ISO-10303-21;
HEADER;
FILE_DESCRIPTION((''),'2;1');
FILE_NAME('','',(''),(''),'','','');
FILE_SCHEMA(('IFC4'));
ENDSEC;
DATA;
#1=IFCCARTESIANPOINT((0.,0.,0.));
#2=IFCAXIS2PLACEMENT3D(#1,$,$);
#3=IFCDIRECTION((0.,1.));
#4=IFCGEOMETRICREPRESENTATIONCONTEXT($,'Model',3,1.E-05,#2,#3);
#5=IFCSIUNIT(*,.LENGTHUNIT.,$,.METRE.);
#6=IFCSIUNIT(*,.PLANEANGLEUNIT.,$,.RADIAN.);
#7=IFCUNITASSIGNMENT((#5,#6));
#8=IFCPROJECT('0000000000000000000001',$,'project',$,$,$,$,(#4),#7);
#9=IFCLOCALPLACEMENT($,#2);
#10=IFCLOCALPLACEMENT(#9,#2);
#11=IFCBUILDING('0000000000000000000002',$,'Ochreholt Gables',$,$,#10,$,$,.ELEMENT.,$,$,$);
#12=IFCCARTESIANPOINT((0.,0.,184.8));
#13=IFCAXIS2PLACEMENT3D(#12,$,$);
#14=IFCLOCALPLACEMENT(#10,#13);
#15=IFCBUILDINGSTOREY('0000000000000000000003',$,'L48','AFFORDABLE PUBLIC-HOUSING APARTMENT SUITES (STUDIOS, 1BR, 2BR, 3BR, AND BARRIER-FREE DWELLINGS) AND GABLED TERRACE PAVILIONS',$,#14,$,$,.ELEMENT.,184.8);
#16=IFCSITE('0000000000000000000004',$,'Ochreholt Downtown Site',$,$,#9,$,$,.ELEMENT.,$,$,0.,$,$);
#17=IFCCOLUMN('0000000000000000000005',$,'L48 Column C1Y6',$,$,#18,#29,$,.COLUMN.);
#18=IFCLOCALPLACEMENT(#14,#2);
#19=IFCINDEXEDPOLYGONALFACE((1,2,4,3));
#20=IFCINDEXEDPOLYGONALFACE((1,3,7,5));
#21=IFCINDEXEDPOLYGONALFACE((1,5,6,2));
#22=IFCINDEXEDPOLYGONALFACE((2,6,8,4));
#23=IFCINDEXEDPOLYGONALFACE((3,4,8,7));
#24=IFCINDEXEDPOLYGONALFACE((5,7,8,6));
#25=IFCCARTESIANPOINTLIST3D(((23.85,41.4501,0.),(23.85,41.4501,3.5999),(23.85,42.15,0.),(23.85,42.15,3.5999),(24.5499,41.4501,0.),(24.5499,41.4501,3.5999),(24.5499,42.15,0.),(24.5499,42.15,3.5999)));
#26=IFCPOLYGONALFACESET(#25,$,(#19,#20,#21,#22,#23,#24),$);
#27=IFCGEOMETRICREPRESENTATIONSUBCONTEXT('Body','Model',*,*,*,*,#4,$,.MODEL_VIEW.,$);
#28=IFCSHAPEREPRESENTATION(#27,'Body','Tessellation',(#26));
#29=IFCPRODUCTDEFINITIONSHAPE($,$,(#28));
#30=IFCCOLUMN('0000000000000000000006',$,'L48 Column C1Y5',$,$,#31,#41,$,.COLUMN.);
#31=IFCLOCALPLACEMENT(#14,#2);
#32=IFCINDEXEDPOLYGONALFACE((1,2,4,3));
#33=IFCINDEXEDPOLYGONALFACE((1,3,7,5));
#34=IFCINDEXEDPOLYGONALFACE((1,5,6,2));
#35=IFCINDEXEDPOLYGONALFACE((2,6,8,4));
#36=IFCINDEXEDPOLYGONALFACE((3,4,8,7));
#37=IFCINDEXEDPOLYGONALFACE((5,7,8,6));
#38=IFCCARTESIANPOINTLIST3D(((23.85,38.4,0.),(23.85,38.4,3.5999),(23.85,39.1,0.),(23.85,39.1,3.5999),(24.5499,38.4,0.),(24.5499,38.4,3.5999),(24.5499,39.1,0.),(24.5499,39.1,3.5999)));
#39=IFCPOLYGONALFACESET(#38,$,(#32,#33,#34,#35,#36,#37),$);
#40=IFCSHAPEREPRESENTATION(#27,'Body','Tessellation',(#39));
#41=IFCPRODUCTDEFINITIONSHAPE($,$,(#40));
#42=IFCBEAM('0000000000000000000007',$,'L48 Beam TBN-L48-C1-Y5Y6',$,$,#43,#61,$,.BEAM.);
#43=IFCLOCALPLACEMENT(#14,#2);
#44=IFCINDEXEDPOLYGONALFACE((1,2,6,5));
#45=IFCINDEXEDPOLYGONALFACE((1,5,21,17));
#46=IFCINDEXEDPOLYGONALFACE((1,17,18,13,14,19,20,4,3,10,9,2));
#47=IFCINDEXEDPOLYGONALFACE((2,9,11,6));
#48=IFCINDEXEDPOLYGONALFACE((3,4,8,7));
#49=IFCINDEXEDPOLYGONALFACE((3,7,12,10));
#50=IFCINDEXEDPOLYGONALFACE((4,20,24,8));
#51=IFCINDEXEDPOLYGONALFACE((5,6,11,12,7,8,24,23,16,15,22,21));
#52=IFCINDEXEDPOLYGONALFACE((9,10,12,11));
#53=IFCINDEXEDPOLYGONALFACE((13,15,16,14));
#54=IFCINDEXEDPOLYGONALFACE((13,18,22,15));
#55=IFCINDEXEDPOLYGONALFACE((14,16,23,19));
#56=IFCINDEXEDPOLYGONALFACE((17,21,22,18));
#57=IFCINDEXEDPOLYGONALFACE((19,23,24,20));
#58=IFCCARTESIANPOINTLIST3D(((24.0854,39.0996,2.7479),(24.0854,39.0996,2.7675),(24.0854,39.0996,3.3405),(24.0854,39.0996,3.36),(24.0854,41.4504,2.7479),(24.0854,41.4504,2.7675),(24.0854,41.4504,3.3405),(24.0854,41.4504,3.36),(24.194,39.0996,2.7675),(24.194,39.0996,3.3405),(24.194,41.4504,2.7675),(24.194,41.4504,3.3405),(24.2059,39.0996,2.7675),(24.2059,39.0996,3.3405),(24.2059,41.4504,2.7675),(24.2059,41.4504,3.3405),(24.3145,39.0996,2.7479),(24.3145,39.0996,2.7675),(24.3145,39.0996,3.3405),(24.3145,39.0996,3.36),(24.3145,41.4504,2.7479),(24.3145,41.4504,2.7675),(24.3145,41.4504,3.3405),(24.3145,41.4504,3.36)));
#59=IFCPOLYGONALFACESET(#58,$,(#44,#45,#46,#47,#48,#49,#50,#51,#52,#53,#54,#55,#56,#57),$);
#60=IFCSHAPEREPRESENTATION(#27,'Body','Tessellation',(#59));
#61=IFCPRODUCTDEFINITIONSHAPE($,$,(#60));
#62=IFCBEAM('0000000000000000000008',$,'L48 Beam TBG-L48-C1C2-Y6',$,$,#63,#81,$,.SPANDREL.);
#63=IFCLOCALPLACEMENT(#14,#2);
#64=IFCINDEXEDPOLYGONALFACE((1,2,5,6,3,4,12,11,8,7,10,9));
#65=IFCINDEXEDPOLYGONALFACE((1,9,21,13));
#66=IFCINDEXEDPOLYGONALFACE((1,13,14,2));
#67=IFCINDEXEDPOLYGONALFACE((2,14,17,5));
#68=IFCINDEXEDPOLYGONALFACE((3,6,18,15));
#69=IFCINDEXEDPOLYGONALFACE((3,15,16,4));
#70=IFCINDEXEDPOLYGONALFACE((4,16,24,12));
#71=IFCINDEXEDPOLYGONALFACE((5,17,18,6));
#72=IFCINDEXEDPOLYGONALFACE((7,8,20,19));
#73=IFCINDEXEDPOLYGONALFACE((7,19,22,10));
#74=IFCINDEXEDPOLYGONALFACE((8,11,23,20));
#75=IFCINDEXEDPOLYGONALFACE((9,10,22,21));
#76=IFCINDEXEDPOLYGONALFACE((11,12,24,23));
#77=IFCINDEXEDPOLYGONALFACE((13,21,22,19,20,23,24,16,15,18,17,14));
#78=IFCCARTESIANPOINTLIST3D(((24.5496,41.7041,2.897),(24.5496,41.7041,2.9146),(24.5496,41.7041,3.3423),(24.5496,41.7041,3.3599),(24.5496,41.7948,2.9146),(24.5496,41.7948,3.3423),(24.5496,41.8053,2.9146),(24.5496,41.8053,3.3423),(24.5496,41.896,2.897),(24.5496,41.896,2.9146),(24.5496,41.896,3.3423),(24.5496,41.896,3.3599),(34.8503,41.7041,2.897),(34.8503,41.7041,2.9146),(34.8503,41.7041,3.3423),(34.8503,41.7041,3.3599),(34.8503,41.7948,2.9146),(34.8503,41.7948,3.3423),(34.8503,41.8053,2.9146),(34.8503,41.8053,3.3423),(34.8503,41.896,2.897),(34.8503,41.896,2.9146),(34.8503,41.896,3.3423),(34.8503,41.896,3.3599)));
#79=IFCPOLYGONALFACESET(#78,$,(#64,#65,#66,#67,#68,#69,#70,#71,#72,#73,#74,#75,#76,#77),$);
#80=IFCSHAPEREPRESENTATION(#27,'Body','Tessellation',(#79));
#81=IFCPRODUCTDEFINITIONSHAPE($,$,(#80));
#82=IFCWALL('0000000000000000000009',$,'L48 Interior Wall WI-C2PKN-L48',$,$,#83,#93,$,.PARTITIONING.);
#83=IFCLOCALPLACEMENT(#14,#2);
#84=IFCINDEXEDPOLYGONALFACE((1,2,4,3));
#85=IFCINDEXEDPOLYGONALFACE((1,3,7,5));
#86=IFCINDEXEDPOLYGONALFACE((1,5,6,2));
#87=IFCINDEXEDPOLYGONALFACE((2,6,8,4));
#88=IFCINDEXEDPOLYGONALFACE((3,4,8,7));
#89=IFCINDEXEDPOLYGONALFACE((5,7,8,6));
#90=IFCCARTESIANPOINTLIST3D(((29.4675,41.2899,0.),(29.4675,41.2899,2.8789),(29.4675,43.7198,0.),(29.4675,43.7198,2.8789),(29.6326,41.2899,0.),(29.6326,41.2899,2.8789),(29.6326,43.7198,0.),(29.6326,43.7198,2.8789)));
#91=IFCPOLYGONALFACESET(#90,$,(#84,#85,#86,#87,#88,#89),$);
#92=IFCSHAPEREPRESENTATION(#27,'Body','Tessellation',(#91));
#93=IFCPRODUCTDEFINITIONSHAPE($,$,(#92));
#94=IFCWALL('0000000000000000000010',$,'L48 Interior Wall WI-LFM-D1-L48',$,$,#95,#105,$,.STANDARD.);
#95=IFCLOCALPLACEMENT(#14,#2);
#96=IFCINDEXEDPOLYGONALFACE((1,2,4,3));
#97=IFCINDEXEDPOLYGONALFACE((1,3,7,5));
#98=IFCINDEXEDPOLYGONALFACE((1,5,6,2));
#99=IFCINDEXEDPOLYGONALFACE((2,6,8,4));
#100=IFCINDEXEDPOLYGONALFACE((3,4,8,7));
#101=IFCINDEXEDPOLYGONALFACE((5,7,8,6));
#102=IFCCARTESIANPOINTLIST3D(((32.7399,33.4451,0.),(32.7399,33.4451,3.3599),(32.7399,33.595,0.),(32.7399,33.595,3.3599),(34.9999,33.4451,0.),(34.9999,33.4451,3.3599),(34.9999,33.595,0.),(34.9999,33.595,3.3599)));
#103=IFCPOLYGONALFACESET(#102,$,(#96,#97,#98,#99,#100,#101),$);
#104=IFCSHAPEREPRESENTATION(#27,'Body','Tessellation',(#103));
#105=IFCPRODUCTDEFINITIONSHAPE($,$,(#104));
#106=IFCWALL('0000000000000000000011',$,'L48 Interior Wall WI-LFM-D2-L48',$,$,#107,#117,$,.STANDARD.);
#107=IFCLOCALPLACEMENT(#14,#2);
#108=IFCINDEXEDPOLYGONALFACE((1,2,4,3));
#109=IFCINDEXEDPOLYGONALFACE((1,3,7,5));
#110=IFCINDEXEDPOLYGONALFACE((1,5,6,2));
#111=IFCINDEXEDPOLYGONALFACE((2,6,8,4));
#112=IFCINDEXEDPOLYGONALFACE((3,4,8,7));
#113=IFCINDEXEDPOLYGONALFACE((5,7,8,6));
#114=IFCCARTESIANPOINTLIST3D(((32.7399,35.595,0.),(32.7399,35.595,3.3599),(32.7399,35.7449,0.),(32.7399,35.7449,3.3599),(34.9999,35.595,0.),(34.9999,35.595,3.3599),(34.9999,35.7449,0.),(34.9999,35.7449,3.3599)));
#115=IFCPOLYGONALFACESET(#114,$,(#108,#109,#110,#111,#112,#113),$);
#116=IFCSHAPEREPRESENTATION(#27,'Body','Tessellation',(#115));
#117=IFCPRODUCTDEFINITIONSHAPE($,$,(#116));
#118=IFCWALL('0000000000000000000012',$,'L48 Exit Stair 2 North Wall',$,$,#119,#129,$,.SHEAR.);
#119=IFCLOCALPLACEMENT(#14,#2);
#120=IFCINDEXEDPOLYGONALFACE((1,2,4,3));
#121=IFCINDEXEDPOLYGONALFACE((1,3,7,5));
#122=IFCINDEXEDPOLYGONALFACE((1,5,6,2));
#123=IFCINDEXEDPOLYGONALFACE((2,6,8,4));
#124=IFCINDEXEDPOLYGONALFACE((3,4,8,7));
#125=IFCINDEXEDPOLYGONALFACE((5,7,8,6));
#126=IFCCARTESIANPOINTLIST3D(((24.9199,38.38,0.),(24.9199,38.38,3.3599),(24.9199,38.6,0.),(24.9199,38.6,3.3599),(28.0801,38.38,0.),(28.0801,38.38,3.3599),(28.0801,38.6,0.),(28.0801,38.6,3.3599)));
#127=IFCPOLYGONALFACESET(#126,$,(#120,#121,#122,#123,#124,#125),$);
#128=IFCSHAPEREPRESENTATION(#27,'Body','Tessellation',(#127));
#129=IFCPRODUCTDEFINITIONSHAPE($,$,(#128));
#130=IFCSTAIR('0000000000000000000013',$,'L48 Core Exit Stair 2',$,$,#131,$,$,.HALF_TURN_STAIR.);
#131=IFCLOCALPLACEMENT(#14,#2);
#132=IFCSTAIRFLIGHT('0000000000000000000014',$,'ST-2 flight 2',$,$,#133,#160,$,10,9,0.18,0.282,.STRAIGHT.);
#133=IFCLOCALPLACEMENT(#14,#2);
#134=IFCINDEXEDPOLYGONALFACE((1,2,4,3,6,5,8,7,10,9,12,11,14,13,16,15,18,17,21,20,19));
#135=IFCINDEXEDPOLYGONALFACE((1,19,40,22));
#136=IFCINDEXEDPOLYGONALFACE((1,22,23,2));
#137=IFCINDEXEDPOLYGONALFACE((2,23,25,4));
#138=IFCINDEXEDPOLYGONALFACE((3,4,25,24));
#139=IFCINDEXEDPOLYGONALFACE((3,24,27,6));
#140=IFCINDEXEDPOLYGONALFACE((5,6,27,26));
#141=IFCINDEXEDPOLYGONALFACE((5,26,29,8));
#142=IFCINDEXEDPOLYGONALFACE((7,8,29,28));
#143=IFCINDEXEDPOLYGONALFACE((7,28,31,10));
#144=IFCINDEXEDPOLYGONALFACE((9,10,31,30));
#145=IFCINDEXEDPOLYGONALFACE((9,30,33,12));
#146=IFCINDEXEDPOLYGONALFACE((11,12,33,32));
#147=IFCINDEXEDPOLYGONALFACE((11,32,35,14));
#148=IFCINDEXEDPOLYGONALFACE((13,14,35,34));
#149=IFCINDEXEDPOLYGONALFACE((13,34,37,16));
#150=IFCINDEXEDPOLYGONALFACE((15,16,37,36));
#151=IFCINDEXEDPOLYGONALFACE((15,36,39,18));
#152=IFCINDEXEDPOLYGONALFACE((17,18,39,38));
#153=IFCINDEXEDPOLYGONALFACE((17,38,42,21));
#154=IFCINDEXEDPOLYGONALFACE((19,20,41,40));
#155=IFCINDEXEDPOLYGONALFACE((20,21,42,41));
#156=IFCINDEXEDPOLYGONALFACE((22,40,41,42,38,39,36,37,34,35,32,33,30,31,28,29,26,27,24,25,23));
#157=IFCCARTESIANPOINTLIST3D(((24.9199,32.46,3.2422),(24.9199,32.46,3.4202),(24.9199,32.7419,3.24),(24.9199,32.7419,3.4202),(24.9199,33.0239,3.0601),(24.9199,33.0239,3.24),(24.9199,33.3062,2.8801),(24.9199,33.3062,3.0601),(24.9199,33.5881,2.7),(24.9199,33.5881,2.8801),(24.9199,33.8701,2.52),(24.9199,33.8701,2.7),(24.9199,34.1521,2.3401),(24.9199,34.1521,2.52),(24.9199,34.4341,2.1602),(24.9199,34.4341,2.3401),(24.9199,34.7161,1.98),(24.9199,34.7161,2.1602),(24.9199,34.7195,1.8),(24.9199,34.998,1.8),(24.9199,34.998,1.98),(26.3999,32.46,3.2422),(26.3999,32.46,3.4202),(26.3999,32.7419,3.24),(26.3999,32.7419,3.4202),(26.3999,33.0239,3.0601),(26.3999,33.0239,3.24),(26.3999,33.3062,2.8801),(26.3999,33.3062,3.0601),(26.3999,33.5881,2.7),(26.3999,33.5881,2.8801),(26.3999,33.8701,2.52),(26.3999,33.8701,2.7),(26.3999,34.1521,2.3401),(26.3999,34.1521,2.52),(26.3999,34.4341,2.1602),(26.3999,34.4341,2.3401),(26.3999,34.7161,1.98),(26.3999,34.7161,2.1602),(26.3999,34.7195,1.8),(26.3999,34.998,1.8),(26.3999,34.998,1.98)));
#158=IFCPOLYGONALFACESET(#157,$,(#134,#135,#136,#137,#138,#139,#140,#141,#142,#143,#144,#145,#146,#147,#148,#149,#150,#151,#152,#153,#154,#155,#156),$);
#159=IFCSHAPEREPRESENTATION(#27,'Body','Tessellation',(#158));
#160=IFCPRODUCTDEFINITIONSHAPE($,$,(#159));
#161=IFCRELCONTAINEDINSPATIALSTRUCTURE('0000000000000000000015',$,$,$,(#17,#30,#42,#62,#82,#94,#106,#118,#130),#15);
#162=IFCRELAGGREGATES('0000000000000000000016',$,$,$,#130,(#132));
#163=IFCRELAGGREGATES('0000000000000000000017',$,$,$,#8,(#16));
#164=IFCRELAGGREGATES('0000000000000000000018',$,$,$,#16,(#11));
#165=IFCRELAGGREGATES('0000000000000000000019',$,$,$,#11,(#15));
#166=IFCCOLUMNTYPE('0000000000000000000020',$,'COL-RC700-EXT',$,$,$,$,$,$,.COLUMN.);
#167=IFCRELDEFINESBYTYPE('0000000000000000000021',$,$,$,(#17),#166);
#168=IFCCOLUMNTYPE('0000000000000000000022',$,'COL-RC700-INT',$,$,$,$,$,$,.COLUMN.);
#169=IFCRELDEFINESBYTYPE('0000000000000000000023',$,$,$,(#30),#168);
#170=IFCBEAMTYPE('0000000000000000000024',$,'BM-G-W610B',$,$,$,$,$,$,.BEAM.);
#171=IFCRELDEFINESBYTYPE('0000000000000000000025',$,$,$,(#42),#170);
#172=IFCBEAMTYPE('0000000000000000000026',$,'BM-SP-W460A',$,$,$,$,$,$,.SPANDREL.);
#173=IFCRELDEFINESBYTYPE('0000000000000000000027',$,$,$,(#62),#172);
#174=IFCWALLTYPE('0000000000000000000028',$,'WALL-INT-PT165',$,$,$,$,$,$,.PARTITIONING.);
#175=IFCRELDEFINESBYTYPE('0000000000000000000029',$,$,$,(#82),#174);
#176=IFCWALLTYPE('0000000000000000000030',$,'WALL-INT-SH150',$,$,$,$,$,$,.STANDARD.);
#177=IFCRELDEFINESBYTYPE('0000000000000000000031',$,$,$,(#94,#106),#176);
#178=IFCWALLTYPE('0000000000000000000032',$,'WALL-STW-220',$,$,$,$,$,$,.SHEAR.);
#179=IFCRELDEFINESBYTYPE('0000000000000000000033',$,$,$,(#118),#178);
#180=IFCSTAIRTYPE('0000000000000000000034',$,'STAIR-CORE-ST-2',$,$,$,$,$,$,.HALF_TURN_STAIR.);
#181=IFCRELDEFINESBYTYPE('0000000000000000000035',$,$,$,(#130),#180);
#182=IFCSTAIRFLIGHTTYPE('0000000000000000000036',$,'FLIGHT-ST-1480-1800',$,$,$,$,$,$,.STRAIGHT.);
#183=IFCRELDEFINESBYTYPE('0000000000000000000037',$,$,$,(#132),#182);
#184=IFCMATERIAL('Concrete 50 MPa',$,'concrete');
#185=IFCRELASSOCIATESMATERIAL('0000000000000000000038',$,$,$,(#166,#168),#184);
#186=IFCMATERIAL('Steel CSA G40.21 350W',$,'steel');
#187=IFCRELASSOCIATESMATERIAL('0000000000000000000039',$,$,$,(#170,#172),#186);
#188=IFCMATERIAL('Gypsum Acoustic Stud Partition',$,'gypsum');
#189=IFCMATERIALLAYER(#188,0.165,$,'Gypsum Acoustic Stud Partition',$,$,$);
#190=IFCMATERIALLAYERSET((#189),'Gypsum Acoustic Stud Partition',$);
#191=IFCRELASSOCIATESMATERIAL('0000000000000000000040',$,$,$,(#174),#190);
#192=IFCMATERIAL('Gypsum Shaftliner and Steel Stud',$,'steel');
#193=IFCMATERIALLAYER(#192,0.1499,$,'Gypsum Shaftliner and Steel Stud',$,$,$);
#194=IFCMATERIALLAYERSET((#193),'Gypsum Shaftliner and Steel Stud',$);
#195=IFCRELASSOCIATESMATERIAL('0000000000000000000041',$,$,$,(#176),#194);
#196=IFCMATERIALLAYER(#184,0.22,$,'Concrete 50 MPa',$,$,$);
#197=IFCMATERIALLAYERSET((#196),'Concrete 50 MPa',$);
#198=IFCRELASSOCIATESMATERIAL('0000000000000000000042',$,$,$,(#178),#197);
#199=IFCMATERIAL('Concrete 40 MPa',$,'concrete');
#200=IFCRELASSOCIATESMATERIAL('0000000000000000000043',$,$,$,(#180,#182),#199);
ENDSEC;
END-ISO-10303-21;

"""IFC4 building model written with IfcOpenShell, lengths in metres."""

from ifc_helpers import new_model, si_unit, direction, frame, frame_2d, origin, origin_2d, place, context, subcontext, project, spatial, polyline, rectangle, i_section, outline, extrude, material, layer, layer_set, material_profile, profile_set, type_object, element, aggregate, save


model = new_model("IFC4")

# Units and contexts
model_context = context("Model", 3, precision=1e-05, world=origin(), true_north=direction((0.0, 1.0)))
body_context = subcontext(model_context, "Body", "Model", "MODEL_VIEW")
ifc_project = project(units=[si_unit("LENGTHUNIT", "METRE"), si_unit("PLANEANGLEUNIT", "RADIAN")], contexts=[model_context])

# Site, building, storey
site_placement = place(None, origin())
site = spatial("IfcSite", under=ifc_project, at=site_placement, Name="Ochreholt Downtown Site", CompositionType="ELEMENT", RefElevation=0.0)
building_placement = place(site_placement, origin())
building = spatial("IfcBuilding", under=site, at=building_placement, Name="Ochreholt Gables", CompositionType="ELEMENT")
storey_placement = place(building_placement, frame((0.0, 0.0, 184.8)))
storey = spatial("IfcBuildingStorey", under=building, at=storey_placement, Name="L48", Description="AFFORDABLE PUBLIC-HOUSING APARTMENT SUITES (STUDIOS, 1BR, 2BR, 3BR, AND BARRIER-FREE DWELLINGS) AND GABLED TERRACE PAVILIONS", CompositionType="ELEMENT", Elevation=184.8)

# Columns
ifc_material_1 = material(Name="Concrete 50 MPa", Category="concrete")
ifc_material_profile_1 = material_profile(ifc_material_1, rectangle(XDim=0.7, YDim=0.7, at=origin_2d()), Name="RC700X700")
ifc_profile_set_1 = profile_set([ifc_material_profile_1], Name="Concrete 50 MPa")
column_type_1 = type_object("IfcColumnType", Name="COL-RC700-EXT", PredefinedType="COLUMN", material=ifc_profile_set_1)
column_1_placement = place(storey_placement, frame((24.2, 41.8, 0.0), z_axis=(0.0, 0.0, 1.0), x_axis=(1.0, 0.0, 0.0)))
element("IfcColumn", 1, at=column_1_placement, inside=storey, type_object=column_type_1, Name="L48 Column C1Y6", PredefinedType="COLUMN", context=body_context, shape_type="SweptSolid", body=[
    extrude(rectangle(XDim=0.7, YDim=0.7, at=origin_2d()), origin(), (0.0, 0.0, 1.0), 3.5999),
])
ifc_material_profile_2 = material_profile(ifc_material_1, rectangle(XDim=0.7, YDim=0.7, at=origin_2d()), Name="RC700X700")
ifc_profile_set_2 = profile_set([ifc_material_profile_2], Name="Concrete 50 MPa")
column_type_2 = type_object("IfcColumnType", Name="COL-RC700-INT", PredefinedType="COLUMN", material=ifc_profile_set_2)
column_2_placement = place(storey_placement, frame((24.2, 38.75, 0.0), z_axis=(0.0, 0.0, 1.0), x_axis=(1.0, 0.0, 0.0)))
element("IfcColumn", 2, at=column_2_placement, inside=storey, type_object=column_type_2, Name="L48 Column C1Y5", PredefinedType="COLUMN", context=body_context, shape_type="SweptSolid", body=[
    extrude(rectangle(XDim=0.7, YDim=0.7, at=origin_2d()), origin(), (0.0, 0.0, 1.0), 3.5999),
])

# Beams
ifc_material_2 = material(Name="Steel CSA G40.21 350W", Category="steel")
ifc_material_profile_3 = material_profile(ifc_material_2, i_section(OverallWidth=0.229, OverallDepth=0.6121, WebThickness=0.012, FlangeThickness=0.0195, at=origin_2d()), Name="W610X125")
ifc_profile_set_3 = profile_set([ifc_material_profile_3], Name="Steel CSA G40.21 350W")
beam_type_1 = type_object("IfcBeamType", Name="BM-G-W610B", PredefinedType="BEAM", material=ifc_profile_set_3)
beam_1_placement = place(storey_placement, frame((24.2, 39.0996, 3.054), z_axis=(0.0, 1.0, 0.0), x_axis=(-1.0, 0.0, 0.0)))
element("IfcBeam", 3, at=beam_1_placement, inside=storey, type_object=beam_type_1, Name="L48 Beam TBN-L48-C1-Y5Y6", PredefinedType="BEAM", context=body_context, shape_type="SweptSolid", body=[
    extrude(i_section(OverallWidth=0.229, OverallDepth=0.6121, WebThickness=0.012, FlangeThickness=0.0195, at=origin_2d()), origin(), (0.0, 0.0, 1.0), 2.3508),
])
ifc_material_profile_4 = material_profile(ifc_material_2, i_section(OverallWidth=0.1919, OverallDepth=0.4629, WebThickness=0.0105, FlangeThickness=0.0176, at=origin_2d()), Name="W460X89")
ifc_profile_set_4 = profile_set([ifc_material_profile_4], Name="Steel CSA G40.21 350W")
beam_type_2 = type_object("IfcBeamType", Name="BM-SP-W460A", PredefinedType="SPANDREL", material=ifc_profile_set_4)
beam_2_placement = place(storey_placement, frame((24.5496, 41.8, 3.1284), z_axis=(1.0, 0.0, 0.0), x_axis=(0.0, 1.0, 0.0)))
element("IfcBeam", 4, at=beam_2_placement, inside=storey, type_object=beam_type_2, Name="L48 Beam TBG-L48-C1C2-Y6", PredefinedType="SPANDREL", context=body_context, shape_type="SweptSolid", body=[
    extrude(i_section(OverallWidth=0.1919, OverallDepth=0.4629, WebThickness=0.0105, FlangeThickness=0.0176, at=origin_2d()), origin(), (0.0, 0.0, 1.0), 10.3008),
])

# Walls
ifc_material_3 = material(Name="Gypsum Acoustic Stud Partition", Category="gypsum")
ifc_layer_1 = layer(ifc_material_3, 0.165, Name="Gypsum Acoustic Stud Partition")
ifc_layer_set_1 = layer_set([ifc_layer_1], Name="Gypsum Acoustic Stud Partition")
wall_type_1 = type_object("IfcWallType", Name="WALL-INT-PT165", PredefinedType="PARTITIONING", material=ifc_layer_set_1)
wall_1_placement = place(storey_placement, frame((29.55, 41.29, 0.0), z_axis=(0.0, 0.0, 1.0), x_axis=(0.0, 1.0, 0.0)))
element("IfcWall", 5, at=wall_1_placement, inside=storey, type_object=wall_type_1, Name="L48 Interior Wall WI-C2PKN-L48", PredefinedType="PARTITIONING", context=body_context, shape_type="SweptSolid", body=[
    extrude(rectangle(XDim=2.4299, YDim=0.165, at=frame_2d((1.2148, 0.0))), origin(), (0.0, 0.0, 1.0), 2.8789),
])
ifc_material_4 = material(Name="Gypsum Shaftliner and Steel Stud", Category="steel")
ifc_layer_2 = layer(ifc_material_4, 0.1499, Name="Gypsum Shaftliner and Steel Stud")
ifc_layer_set_2 = layer_set([ifc_layer_2], Name="Gypsum Shaftliner and Steel Stud")
wall_type_2 = type_object("IfcWallType", Name="WALL-INT-SH150", PredefinedType="STANDARD", material=ifc_layer_set_2)
for number, where, z_axis, x_axis, name in (
    (6, (32.74, 33.52, 0.0), (0.0, 0.0, 1.0), (1.0, 0.0, 0.0), "L48 Interior Wall WI-LFM-D1-L48"),
    (7, (32.74, 35.6699, 0.0), (0.0, 0.0, 1.0), (1.0, 0.0, 0.0), "L48 Interior Wall WI-LFM-D2-L48"),
):
    element("IfcWall", number, at=place(storey_placement, frame(where, z_axis=z_axis, x_axis=x_axis)), inside=storey, type_object=wall_type_2, Name=name, PredefinedType="STANDARD", context=body_context, shape_type="SweptSolid", body=[
        extrude(rectangle(XDim=2.26, YDim=0.1499, at=frame_2d((1.1299, 0.0))), origin(), (0.0, 0.0, 1.0), 3.3599),
    ])
ifc_layer_3 = layer(ifc_material_1, 0.22, Name="Concrete 50 MPa")
ifc_layer_set_3 = layer_set([ifc_layer_3], Name="Concrete 50 MPa")
wall_type_3 = type_object("IfcWallType", Name="WALL-STW-220", PredefinedType="SHEAR", material=ifc_layer_set_3)
wall_2_placement = place(storey_placement, frame((24.9199, 38.49, 0.0), z_axis=(0.0, 0.0, 1.0), x_axis=(1.0, 0.0, 0.0)))
element("IfcWall", 8, at=wall_2_placement, inside=storey, type_object=wall_type_3, Name="L48 Exit Stair 2 North Wall", PredefinedType="SHEAR", context=body_context, shape_type="SweptSolid", body=[
    extrude(rectangle(XDim=3.1602, YDim=0.22, at=frame_2d((1.5801, 0.0))), origin(), (0.0, 0.0, 1.0), 3.3599),
])

# Stair, stair flight
ifc_material_5 = material(Name="Concrete 40 MPa", Category="concrete")
stair_type = type_object("IfcStairType", Name="STAIR-CORE-ST-2", PredefinedType="HALF_TURN_STAIR", material=ifc_material_5)
stair_placement = place(storey_placement, origin())
stair = element("IfcStair", 9, at=stair_placement, inside=storey, type_object=stair_type, Name="L48 Core Exit Stair 2", PredefinedType="HALF_TURN_STAIR")
stair_flight_type = type_object("IfcStairFlightType", Name="FLIGHT-ST-1480-1800", PredefinedType="STRAIGHT", material=ifc_material_5)
stair_flight_placement = place(storey_placement, frame((25.6599, 34.998, 1.8), z_axis=(0.0, 0.0, 1.0), x_axis=(0.0, -1.0, 0.0)))
stair_flight = element("IfcStairFlight", 10, at=stair_flight_placement, type_object=stair_flight_type, Name="ST-2 flight 2", NumberOfRisers=10, NumberOfTreads=9, PredefinedType="STRAIGHT", RiserHeight=0.18, TreadLength=0.282, context=body_context, shape_type="SweptSolid", body=[
    extrude(outline(polyline([(0.0, 0.0), (0.0, 0.1799), (0.282, 0.1799), (0.282, 0.3601), (0.564, 0.3601), (0.564, 0.54), (0.8459, 0.54), (0.8459, 0.72), (1.1279, 0.72), (1.1279, 0.8999), (1.4099, 0.8999), (1.4099, 1.0801), (1.6919, 1.0801), (1.6919, 1.26), (1.9741, 1.26), (1.9741, 1.4399), (2.2561, 1.4399), (2.2561, 1.6201), (2.5381, 1.6201), (2.5381, 1.8), (2.5381, 1.4421), (0.2786, 0.0), (0.0, 0.0)])), frame((0.0, 0.74, 0.0), z_axis=(0.0, -1.0, 0.0), x_axis=(1.0, 0.0, 0.0)), (0.0, 0.0, 1.0), 1.48),
])
aggregate(stair, [stair_flight])

save(model, "model.ifc")
